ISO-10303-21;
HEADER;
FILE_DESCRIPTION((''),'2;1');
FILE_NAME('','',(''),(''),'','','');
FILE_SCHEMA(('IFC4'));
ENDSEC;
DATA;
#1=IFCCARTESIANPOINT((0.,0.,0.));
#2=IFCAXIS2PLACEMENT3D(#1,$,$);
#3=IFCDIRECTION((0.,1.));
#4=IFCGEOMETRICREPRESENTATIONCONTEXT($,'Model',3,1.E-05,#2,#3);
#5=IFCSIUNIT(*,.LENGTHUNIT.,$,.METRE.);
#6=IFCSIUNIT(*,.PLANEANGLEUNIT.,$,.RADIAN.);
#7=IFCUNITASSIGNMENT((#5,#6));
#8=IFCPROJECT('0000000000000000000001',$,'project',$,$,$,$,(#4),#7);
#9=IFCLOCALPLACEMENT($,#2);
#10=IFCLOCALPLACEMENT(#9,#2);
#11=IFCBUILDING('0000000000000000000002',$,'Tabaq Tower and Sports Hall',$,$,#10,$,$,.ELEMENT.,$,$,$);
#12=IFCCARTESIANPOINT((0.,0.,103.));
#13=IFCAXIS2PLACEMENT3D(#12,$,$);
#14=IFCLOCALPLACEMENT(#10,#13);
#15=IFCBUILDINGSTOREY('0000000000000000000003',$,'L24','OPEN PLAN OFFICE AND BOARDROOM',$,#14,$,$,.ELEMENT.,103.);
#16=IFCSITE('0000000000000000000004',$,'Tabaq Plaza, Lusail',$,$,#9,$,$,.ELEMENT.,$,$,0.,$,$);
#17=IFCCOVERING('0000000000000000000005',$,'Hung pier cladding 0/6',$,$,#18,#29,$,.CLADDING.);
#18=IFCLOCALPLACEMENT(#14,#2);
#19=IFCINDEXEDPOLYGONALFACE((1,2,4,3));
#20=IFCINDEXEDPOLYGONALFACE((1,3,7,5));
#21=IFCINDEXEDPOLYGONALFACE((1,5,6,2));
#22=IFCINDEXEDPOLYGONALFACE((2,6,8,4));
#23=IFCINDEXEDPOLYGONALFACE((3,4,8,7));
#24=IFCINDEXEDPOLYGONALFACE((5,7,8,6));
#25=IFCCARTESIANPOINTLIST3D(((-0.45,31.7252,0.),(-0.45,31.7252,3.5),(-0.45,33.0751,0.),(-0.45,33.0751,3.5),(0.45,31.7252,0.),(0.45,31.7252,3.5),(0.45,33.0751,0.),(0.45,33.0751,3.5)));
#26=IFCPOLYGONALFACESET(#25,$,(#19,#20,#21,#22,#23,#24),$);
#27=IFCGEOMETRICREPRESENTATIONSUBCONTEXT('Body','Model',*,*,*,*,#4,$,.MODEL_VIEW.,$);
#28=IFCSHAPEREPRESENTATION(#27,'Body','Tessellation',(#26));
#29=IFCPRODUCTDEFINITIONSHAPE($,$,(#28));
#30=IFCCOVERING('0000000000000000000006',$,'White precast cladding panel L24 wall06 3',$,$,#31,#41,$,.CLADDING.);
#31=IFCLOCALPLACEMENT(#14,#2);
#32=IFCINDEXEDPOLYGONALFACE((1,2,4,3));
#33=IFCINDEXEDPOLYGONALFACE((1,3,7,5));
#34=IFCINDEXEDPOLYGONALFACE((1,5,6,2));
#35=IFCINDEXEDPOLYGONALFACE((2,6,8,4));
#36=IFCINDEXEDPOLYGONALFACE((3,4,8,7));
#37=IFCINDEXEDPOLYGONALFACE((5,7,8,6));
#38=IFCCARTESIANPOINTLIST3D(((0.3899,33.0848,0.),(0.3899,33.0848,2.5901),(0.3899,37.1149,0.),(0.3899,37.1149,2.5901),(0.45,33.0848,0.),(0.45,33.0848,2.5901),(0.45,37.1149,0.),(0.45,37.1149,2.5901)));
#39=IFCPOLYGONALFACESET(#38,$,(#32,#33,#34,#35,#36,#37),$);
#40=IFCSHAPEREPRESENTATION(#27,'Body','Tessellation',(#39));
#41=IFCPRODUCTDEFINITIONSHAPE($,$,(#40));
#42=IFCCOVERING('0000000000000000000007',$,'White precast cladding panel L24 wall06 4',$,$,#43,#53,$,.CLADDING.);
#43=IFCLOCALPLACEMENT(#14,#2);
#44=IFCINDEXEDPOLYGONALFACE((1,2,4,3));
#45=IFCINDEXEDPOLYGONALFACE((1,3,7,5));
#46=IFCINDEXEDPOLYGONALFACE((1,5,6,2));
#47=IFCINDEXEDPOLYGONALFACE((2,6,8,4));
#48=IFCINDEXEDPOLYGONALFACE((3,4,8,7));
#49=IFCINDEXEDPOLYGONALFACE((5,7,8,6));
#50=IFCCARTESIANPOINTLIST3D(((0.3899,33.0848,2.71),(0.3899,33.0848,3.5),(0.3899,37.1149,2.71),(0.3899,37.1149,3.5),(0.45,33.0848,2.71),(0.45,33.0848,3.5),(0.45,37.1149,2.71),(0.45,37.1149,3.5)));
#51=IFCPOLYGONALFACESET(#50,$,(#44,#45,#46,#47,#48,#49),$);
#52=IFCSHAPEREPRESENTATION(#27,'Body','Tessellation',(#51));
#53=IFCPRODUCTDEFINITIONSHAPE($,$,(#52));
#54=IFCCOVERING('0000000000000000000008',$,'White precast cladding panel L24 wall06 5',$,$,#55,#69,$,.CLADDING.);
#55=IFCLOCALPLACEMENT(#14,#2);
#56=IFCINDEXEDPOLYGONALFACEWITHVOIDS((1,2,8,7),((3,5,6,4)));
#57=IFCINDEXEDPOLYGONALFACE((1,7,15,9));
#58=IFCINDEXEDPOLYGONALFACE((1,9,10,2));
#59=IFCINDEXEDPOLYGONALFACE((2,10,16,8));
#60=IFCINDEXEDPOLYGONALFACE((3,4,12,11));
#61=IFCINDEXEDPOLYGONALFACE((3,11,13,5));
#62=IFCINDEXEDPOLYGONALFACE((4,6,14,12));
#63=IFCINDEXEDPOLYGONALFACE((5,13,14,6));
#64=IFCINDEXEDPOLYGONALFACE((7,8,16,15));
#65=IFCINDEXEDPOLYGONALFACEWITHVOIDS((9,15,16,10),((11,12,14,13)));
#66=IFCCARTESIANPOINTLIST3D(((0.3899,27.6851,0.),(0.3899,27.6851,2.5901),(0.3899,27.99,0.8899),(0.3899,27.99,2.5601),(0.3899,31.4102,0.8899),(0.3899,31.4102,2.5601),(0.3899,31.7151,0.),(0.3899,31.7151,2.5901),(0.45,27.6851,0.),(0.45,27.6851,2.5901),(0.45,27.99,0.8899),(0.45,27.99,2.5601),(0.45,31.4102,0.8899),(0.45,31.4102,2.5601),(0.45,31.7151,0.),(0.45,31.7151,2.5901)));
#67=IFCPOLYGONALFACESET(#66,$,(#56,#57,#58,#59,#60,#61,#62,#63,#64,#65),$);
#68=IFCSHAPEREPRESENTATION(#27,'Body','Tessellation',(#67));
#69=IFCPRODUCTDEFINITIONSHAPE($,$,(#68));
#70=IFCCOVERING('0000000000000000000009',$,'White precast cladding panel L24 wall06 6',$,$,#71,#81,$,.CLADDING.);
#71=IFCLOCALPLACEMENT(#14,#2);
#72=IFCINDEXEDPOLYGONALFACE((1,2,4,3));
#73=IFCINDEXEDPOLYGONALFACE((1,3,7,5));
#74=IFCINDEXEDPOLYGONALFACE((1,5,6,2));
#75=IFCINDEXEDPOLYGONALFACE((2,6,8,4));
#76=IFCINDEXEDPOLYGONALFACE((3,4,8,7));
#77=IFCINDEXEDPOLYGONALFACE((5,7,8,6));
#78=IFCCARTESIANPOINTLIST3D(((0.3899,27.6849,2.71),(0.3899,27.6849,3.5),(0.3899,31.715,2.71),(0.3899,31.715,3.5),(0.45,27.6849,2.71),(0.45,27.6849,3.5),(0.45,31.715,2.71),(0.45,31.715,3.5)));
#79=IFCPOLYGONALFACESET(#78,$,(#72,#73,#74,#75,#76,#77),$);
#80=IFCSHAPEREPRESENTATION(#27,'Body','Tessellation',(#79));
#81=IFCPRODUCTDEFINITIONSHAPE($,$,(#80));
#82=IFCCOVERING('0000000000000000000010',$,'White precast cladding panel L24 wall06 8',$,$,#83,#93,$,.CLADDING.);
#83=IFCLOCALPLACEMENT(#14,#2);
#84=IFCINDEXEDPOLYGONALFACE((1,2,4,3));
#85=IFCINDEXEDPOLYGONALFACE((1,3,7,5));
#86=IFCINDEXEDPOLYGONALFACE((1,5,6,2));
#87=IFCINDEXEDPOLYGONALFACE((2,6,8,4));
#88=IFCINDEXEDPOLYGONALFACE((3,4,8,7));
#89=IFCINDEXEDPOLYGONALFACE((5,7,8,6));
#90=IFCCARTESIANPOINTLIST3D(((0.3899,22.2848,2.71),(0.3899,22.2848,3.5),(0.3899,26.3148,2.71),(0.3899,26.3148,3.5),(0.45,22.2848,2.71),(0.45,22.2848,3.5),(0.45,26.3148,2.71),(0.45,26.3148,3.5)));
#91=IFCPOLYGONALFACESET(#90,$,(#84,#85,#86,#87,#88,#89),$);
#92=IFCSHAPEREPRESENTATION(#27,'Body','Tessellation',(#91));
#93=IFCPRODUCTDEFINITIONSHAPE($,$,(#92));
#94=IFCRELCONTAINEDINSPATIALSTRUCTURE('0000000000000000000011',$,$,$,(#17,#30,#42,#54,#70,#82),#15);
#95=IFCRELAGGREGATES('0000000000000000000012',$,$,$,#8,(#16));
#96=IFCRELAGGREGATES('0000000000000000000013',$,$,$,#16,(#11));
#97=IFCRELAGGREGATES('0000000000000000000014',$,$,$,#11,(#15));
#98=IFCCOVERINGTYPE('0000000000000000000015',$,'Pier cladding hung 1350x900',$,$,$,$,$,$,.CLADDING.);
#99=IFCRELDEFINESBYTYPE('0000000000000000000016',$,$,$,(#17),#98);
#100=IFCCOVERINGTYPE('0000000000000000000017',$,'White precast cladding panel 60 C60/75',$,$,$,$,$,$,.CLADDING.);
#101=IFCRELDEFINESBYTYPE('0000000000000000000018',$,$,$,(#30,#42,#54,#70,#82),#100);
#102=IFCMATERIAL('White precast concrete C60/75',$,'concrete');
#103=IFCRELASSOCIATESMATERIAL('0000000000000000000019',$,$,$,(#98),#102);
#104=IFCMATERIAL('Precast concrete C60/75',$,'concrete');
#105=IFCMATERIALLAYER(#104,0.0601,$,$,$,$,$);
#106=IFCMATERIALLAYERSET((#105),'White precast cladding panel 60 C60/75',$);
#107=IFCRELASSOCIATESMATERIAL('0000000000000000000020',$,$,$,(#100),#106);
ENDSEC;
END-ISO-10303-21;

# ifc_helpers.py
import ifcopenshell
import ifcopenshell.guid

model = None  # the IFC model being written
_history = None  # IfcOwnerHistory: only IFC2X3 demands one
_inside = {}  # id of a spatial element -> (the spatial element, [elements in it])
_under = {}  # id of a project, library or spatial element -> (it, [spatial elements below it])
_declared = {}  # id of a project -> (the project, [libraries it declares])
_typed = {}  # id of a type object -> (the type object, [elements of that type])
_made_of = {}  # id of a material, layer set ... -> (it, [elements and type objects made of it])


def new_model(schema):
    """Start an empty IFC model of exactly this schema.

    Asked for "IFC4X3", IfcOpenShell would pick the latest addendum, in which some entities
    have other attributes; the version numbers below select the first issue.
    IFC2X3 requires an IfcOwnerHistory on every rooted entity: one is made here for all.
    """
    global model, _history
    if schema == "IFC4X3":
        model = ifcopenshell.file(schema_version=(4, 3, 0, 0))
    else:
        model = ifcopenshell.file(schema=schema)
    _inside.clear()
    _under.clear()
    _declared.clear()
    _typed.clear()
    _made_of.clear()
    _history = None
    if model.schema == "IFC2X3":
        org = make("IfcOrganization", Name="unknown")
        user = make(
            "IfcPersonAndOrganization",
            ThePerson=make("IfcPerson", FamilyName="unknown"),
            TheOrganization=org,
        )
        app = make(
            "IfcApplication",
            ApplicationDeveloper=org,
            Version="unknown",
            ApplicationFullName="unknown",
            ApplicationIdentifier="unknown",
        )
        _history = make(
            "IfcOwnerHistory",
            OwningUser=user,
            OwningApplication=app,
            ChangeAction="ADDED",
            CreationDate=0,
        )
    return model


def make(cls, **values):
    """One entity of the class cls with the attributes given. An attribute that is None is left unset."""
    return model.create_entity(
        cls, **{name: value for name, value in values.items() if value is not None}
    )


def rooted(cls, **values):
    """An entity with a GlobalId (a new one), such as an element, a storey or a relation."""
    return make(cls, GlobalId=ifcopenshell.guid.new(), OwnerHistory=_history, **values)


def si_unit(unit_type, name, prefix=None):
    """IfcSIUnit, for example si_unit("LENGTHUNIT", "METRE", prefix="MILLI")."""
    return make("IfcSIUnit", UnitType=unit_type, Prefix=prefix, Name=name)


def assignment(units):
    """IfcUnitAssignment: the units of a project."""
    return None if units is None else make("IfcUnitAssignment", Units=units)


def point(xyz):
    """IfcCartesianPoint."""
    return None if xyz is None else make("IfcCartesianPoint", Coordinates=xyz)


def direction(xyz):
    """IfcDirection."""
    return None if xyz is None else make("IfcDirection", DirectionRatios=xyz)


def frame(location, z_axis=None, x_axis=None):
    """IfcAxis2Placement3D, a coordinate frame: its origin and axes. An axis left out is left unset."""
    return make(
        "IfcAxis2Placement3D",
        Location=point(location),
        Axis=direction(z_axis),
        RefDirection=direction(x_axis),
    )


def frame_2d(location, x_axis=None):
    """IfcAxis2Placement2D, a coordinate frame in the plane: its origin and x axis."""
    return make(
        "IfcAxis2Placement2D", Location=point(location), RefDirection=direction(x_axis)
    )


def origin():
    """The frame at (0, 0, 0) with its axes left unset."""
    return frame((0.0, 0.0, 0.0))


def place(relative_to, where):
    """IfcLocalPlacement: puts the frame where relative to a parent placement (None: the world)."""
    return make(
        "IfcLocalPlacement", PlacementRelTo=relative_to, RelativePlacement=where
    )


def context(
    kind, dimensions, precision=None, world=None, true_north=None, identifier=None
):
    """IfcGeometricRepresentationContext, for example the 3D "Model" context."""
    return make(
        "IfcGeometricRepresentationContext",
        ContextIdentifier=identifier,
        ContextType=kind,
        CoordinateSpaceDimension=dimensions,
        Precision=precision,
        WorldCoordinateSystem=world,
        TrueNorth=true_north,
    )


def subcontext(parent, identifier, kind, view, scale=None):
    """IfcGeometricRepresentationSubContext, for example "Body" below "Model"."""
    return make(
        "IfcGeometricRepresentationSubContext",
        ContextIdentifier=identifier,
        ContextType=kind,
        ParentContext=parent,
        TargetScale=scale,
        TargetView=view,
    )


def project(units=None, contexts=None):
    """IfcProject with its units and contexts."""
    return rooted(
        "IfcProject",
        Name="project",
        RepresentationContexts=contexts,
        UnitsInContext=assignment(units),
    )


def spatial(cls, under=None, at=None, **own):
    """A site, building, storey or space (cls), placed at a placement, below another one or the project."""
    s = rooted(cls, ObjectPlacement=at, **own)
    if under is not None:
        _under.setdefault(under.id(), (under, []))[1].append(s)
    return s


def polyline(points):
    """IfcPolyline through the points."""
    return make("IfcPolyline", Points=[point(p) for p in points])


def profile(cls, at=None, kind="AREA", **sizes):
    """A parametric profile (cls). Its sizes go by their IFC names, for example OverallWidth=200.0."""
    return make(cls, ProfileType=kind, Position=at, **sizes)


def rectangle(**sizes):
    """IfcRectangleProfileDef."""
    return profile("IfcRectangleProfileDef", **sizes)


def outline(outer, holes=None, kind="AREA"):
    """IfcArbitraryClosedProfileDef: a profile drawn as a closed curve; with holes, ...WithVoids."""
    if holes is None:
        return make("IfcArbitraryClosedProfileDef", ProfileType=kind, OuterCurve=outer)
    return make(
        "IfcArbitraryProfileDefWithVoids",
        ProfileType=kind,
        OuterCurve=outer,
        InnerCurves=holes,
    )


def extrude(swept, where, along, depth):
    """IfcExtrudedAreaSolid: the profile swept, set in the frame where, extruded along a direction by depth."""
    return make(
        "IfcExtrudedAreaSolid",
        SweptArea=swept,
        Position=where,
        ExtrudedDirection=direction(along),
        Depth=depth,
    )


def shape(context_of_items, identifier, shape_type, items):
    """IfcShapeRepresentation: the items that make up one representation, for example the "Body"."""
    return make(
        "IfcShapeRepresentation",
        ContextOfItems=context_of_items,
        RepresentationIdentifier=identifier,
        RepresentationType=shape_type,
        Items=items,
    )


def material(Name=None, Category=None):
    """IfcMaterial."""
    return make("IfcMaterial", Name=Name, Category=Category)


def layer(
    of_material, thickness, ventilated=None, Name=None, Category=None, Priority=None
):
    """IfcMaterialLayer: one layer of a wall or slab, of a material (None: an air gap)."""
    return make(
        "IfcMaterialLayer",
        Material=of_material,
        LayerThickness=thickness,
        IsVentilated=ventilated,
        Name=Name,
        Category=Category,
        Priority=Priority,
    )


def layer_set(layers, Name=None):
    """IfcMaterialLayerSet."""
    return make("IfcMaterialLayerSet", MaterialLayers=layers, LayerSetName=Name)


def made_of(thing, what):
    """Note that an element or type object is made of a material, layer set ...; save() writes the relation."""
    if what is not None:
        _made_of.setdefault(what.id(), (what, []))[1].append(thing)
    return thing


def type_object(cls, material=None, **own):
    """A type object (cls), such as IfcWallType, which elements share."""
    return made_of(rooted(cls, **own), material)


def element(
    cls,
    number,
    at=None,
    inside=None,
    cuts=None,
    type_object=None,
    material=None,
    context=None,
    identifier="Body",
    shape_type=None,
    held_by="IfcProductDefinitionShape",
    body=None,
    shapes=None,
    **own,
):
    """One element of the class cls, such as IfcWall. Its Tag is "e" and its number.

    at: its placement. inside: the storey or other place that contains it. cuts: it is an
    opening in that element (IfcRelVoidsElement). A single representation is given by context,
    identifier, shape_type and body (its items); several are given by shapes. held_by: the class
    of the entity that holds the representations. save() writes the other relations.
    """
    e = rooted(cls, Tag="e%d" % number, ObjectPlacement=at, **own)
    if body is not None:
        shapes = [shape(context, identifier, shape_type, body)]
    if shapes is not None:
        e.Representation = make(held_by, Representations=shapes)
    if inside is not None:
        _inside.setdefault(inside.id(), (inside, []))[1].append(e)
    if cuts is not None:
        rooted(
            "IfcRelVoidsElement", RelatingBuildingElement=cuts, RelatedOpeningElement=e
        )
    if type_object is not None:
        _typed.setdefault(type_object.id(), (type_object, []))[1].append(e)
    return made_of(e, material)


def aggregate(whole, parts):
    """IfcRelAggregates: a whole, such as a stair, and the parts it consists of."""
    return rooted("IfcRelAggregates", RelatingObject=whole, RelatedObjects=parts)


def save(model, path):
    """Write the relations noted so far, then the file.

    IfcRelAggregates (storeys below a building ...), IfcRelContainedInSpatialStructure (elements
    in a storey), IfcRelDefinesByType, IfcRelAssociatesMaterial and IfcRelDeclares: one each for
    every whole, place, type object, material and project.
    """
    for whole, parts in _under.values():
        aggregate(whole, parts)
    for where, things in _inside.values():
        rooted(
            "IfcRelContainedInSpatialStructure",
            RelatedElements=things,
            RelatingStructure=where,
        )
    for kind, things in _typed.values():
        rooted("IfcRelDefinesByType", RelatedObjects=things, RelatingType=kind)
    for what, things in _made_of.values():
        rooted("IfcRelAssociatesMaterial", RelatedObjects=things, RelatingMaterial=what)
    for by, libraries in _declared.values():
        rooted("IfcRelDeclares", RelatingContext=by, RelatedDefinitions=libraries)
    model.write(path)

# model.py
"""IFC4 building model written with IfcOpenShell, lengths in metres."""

from ifc_helpers import new_model, si_unit, direction, frame, frame_2d, origin, place, context, subcontext, project, spatial, polyline, rectangle, outline, extrude, material, layer, layer_set, type_object, element, save


model = new_model("IFC4")

# Units and contexts
model_context = context("Model", 3, precision=1e-05, world=origin(), true_north=direction((0.0, 1.0)))
body_context = subcontext(model_context, "Body", "Model", "MODEL_VIEW")
ifc_project = project(units=[si_unit("LENGTHUNIT", "METRE"), si_unit("PLANEANGLEUNIT", "RADIAN")], contexts=[model_context])

# Site, building, storey
site_placement = place(None, origin())
site = spatial("IfcSite", under=ifc_project, at=site_placement, Name="Tabaq Plaza, Lusail", CompositionType="ELEMENT", RefElevation=0.0)
building_placement = place(site_placement, origin())
building = spatial("IfcBuilding", under=site, at=building_placement, Name="Tabaq Tower and Sports Hall", CompositionType="ELEMENT")
storey_placement = place(building_placement, frame((0.0, 0.0, 103.0)))
storey = spatial("IfcBuildingStorey", under=building, at=storey_placement, Name="L24", Description="OPEN PLAN OFFICE AND BOARDROOM", CompositionType="ELEMENT", Elevation=103.0)

# Coverings
ifc_material_1 = material(Name="White precast concrete C60/75", Category="concrete")
covering_type_1 = type_object("IfcCoveringType", Name="Pier cladding hung 1350x900", PredefinedType="CLADDING", material=ifc_material_1)
covering_1_placement = place(storey_placement, frame((0.0, 33.075, 0.0), z_axis=(0.0, 0.0, 1.0), x_axis=(0.0, -1.0, 0.0)))
element("IfcCovering", 1, at=covering_1_placement, inside=storey, type_object=covering_type_1, Name="Hung pier cladding 0/6", PredefinedType="CLADDING", context=body_context, shape_type="SweptSolid", body=[
    extrude(rectangle(XDim=1.3499, YDim=0.8999, at=frame_2d((0.6748, 0.0))), origin(), (0.0, 0.0, 1.0), 3.5),
])
ifc_material_2 = material(Name="Precast concrete C60/75", Category="concrete")
ifc_layer_1 = layer(ifc_material_2, 0.0601)
ifc_layer_set_1 = layer_set([ifc_layer_1], Name="White precast cladding panel 60 C60/75")
covering_type_2 = type_object("IfcCoveringType", Name="White precast cladding panel 60 C60/75", PredefinedType="CLADDING", material=ifc_layer_set_1)
covering_2_placement = place(storey_placement, frame((0.4199, 37.115, 0.0), z_axis=(0.0, 0.0, 1.0), x_axis=(0.0, -1.0, 0.0)))
element("IfcCovering", 2, at=covering_2_placement, inside=storey, type_object=covering_type_2, Name="White precast cladding panel L24 wall06 3", PredefinedType="CLADDING", context=body_context, shape_type="SweptSolid", body=[
    extrude(rectangle(XDim=4.03, YDim=0.0601, at=frame_2d((2.0151, 0.0))), origin(), (0.0, 0.0, 1.0), 2.5901),
])
covering_3_placement = place(storey_placement, frame((0.4199, 37.115, 2.71), z_axis=(0.0, 0.0, 1.0), x_axis=(0.0, -1.0, 0.0)))
element("IfcCovering", 3, at=covering_3_placement, inside=storey, type_object=covering_type_2, Name="White precast cladding panel L24 wall06 4", PredefinedType="CLADDING", context=body_context, shape_type="SweptSolid", body=[
    extrude(rectangle(XDim=4.03, YDim=0.0601, at=frame_2d((2.0151, 0.0))), origin(), (0.0, 0.0, 1.0), 0.79),
])
covering_4_placement = place(storey_placement, frame((0.4199, 31.7151, 0.0), z_axis=(0.0, 0.0, 1.0), x_axis=(0.0, -1.0, 0.0)))
element("IfcCovering", 4, at=covering_4_placement, inside=storey, type_object=covering_type_2, Name="White precast cladding panel L24 wall06 5", PredefinedType="CLADDING", context=body_context, shape_type="SweptSolid", body=[
    extrude(outline(polyline([(0.0, 0.0), (4.03, 0.0), (4.03, 2.5901), (0.0, 2.5901), (0.0, 0.0)]), holes=[polyline([(3.7251, 0.8899), (0.3049, 0.8899), (0.3049, 2.5601), (3.7251, 2.5601), (3.7251, 0.8899)])]), frame((0.0, 0.03, 0.0), z_axis=(0.0, -1.0, 0.0), x_axis=(1.0, 0.0, 0.0)), (0.0, 0.0, 1.0), 0.0601),
])
for number, where, z_axis, x_axis, name in (
    (5, (0.4199, 31.7151, 2.71), (0.0, 0.0, 1.0), (0.0, -1.0, 0.0), "White precast cladding panel L24 wall06 6"),
    (6, (0.4199, 26.3149, 2.71), (0.0, 0.0, 1.0), (0.0, -1.0, 0.0), "White precast cladding panel L24 wall06 8"),
):
    element("IfcCovering", number, at=place(storey_placement, frame(where, z_axis=z_axis, x_axis=x_axis)), inside=storey, type_object=covering_type_2, Name=name, PredefinedType="CLADDING", context=body_context, shape_type="SweptSolid", body=[
        extrude(rectangle(XDim=4.03, YDim=0.0601, at=frame_2d((2.0151, 0.0))), origin(), (0.0, 0.0, 1.0), 0.79),
    ])

save(model, "model.ifc")
